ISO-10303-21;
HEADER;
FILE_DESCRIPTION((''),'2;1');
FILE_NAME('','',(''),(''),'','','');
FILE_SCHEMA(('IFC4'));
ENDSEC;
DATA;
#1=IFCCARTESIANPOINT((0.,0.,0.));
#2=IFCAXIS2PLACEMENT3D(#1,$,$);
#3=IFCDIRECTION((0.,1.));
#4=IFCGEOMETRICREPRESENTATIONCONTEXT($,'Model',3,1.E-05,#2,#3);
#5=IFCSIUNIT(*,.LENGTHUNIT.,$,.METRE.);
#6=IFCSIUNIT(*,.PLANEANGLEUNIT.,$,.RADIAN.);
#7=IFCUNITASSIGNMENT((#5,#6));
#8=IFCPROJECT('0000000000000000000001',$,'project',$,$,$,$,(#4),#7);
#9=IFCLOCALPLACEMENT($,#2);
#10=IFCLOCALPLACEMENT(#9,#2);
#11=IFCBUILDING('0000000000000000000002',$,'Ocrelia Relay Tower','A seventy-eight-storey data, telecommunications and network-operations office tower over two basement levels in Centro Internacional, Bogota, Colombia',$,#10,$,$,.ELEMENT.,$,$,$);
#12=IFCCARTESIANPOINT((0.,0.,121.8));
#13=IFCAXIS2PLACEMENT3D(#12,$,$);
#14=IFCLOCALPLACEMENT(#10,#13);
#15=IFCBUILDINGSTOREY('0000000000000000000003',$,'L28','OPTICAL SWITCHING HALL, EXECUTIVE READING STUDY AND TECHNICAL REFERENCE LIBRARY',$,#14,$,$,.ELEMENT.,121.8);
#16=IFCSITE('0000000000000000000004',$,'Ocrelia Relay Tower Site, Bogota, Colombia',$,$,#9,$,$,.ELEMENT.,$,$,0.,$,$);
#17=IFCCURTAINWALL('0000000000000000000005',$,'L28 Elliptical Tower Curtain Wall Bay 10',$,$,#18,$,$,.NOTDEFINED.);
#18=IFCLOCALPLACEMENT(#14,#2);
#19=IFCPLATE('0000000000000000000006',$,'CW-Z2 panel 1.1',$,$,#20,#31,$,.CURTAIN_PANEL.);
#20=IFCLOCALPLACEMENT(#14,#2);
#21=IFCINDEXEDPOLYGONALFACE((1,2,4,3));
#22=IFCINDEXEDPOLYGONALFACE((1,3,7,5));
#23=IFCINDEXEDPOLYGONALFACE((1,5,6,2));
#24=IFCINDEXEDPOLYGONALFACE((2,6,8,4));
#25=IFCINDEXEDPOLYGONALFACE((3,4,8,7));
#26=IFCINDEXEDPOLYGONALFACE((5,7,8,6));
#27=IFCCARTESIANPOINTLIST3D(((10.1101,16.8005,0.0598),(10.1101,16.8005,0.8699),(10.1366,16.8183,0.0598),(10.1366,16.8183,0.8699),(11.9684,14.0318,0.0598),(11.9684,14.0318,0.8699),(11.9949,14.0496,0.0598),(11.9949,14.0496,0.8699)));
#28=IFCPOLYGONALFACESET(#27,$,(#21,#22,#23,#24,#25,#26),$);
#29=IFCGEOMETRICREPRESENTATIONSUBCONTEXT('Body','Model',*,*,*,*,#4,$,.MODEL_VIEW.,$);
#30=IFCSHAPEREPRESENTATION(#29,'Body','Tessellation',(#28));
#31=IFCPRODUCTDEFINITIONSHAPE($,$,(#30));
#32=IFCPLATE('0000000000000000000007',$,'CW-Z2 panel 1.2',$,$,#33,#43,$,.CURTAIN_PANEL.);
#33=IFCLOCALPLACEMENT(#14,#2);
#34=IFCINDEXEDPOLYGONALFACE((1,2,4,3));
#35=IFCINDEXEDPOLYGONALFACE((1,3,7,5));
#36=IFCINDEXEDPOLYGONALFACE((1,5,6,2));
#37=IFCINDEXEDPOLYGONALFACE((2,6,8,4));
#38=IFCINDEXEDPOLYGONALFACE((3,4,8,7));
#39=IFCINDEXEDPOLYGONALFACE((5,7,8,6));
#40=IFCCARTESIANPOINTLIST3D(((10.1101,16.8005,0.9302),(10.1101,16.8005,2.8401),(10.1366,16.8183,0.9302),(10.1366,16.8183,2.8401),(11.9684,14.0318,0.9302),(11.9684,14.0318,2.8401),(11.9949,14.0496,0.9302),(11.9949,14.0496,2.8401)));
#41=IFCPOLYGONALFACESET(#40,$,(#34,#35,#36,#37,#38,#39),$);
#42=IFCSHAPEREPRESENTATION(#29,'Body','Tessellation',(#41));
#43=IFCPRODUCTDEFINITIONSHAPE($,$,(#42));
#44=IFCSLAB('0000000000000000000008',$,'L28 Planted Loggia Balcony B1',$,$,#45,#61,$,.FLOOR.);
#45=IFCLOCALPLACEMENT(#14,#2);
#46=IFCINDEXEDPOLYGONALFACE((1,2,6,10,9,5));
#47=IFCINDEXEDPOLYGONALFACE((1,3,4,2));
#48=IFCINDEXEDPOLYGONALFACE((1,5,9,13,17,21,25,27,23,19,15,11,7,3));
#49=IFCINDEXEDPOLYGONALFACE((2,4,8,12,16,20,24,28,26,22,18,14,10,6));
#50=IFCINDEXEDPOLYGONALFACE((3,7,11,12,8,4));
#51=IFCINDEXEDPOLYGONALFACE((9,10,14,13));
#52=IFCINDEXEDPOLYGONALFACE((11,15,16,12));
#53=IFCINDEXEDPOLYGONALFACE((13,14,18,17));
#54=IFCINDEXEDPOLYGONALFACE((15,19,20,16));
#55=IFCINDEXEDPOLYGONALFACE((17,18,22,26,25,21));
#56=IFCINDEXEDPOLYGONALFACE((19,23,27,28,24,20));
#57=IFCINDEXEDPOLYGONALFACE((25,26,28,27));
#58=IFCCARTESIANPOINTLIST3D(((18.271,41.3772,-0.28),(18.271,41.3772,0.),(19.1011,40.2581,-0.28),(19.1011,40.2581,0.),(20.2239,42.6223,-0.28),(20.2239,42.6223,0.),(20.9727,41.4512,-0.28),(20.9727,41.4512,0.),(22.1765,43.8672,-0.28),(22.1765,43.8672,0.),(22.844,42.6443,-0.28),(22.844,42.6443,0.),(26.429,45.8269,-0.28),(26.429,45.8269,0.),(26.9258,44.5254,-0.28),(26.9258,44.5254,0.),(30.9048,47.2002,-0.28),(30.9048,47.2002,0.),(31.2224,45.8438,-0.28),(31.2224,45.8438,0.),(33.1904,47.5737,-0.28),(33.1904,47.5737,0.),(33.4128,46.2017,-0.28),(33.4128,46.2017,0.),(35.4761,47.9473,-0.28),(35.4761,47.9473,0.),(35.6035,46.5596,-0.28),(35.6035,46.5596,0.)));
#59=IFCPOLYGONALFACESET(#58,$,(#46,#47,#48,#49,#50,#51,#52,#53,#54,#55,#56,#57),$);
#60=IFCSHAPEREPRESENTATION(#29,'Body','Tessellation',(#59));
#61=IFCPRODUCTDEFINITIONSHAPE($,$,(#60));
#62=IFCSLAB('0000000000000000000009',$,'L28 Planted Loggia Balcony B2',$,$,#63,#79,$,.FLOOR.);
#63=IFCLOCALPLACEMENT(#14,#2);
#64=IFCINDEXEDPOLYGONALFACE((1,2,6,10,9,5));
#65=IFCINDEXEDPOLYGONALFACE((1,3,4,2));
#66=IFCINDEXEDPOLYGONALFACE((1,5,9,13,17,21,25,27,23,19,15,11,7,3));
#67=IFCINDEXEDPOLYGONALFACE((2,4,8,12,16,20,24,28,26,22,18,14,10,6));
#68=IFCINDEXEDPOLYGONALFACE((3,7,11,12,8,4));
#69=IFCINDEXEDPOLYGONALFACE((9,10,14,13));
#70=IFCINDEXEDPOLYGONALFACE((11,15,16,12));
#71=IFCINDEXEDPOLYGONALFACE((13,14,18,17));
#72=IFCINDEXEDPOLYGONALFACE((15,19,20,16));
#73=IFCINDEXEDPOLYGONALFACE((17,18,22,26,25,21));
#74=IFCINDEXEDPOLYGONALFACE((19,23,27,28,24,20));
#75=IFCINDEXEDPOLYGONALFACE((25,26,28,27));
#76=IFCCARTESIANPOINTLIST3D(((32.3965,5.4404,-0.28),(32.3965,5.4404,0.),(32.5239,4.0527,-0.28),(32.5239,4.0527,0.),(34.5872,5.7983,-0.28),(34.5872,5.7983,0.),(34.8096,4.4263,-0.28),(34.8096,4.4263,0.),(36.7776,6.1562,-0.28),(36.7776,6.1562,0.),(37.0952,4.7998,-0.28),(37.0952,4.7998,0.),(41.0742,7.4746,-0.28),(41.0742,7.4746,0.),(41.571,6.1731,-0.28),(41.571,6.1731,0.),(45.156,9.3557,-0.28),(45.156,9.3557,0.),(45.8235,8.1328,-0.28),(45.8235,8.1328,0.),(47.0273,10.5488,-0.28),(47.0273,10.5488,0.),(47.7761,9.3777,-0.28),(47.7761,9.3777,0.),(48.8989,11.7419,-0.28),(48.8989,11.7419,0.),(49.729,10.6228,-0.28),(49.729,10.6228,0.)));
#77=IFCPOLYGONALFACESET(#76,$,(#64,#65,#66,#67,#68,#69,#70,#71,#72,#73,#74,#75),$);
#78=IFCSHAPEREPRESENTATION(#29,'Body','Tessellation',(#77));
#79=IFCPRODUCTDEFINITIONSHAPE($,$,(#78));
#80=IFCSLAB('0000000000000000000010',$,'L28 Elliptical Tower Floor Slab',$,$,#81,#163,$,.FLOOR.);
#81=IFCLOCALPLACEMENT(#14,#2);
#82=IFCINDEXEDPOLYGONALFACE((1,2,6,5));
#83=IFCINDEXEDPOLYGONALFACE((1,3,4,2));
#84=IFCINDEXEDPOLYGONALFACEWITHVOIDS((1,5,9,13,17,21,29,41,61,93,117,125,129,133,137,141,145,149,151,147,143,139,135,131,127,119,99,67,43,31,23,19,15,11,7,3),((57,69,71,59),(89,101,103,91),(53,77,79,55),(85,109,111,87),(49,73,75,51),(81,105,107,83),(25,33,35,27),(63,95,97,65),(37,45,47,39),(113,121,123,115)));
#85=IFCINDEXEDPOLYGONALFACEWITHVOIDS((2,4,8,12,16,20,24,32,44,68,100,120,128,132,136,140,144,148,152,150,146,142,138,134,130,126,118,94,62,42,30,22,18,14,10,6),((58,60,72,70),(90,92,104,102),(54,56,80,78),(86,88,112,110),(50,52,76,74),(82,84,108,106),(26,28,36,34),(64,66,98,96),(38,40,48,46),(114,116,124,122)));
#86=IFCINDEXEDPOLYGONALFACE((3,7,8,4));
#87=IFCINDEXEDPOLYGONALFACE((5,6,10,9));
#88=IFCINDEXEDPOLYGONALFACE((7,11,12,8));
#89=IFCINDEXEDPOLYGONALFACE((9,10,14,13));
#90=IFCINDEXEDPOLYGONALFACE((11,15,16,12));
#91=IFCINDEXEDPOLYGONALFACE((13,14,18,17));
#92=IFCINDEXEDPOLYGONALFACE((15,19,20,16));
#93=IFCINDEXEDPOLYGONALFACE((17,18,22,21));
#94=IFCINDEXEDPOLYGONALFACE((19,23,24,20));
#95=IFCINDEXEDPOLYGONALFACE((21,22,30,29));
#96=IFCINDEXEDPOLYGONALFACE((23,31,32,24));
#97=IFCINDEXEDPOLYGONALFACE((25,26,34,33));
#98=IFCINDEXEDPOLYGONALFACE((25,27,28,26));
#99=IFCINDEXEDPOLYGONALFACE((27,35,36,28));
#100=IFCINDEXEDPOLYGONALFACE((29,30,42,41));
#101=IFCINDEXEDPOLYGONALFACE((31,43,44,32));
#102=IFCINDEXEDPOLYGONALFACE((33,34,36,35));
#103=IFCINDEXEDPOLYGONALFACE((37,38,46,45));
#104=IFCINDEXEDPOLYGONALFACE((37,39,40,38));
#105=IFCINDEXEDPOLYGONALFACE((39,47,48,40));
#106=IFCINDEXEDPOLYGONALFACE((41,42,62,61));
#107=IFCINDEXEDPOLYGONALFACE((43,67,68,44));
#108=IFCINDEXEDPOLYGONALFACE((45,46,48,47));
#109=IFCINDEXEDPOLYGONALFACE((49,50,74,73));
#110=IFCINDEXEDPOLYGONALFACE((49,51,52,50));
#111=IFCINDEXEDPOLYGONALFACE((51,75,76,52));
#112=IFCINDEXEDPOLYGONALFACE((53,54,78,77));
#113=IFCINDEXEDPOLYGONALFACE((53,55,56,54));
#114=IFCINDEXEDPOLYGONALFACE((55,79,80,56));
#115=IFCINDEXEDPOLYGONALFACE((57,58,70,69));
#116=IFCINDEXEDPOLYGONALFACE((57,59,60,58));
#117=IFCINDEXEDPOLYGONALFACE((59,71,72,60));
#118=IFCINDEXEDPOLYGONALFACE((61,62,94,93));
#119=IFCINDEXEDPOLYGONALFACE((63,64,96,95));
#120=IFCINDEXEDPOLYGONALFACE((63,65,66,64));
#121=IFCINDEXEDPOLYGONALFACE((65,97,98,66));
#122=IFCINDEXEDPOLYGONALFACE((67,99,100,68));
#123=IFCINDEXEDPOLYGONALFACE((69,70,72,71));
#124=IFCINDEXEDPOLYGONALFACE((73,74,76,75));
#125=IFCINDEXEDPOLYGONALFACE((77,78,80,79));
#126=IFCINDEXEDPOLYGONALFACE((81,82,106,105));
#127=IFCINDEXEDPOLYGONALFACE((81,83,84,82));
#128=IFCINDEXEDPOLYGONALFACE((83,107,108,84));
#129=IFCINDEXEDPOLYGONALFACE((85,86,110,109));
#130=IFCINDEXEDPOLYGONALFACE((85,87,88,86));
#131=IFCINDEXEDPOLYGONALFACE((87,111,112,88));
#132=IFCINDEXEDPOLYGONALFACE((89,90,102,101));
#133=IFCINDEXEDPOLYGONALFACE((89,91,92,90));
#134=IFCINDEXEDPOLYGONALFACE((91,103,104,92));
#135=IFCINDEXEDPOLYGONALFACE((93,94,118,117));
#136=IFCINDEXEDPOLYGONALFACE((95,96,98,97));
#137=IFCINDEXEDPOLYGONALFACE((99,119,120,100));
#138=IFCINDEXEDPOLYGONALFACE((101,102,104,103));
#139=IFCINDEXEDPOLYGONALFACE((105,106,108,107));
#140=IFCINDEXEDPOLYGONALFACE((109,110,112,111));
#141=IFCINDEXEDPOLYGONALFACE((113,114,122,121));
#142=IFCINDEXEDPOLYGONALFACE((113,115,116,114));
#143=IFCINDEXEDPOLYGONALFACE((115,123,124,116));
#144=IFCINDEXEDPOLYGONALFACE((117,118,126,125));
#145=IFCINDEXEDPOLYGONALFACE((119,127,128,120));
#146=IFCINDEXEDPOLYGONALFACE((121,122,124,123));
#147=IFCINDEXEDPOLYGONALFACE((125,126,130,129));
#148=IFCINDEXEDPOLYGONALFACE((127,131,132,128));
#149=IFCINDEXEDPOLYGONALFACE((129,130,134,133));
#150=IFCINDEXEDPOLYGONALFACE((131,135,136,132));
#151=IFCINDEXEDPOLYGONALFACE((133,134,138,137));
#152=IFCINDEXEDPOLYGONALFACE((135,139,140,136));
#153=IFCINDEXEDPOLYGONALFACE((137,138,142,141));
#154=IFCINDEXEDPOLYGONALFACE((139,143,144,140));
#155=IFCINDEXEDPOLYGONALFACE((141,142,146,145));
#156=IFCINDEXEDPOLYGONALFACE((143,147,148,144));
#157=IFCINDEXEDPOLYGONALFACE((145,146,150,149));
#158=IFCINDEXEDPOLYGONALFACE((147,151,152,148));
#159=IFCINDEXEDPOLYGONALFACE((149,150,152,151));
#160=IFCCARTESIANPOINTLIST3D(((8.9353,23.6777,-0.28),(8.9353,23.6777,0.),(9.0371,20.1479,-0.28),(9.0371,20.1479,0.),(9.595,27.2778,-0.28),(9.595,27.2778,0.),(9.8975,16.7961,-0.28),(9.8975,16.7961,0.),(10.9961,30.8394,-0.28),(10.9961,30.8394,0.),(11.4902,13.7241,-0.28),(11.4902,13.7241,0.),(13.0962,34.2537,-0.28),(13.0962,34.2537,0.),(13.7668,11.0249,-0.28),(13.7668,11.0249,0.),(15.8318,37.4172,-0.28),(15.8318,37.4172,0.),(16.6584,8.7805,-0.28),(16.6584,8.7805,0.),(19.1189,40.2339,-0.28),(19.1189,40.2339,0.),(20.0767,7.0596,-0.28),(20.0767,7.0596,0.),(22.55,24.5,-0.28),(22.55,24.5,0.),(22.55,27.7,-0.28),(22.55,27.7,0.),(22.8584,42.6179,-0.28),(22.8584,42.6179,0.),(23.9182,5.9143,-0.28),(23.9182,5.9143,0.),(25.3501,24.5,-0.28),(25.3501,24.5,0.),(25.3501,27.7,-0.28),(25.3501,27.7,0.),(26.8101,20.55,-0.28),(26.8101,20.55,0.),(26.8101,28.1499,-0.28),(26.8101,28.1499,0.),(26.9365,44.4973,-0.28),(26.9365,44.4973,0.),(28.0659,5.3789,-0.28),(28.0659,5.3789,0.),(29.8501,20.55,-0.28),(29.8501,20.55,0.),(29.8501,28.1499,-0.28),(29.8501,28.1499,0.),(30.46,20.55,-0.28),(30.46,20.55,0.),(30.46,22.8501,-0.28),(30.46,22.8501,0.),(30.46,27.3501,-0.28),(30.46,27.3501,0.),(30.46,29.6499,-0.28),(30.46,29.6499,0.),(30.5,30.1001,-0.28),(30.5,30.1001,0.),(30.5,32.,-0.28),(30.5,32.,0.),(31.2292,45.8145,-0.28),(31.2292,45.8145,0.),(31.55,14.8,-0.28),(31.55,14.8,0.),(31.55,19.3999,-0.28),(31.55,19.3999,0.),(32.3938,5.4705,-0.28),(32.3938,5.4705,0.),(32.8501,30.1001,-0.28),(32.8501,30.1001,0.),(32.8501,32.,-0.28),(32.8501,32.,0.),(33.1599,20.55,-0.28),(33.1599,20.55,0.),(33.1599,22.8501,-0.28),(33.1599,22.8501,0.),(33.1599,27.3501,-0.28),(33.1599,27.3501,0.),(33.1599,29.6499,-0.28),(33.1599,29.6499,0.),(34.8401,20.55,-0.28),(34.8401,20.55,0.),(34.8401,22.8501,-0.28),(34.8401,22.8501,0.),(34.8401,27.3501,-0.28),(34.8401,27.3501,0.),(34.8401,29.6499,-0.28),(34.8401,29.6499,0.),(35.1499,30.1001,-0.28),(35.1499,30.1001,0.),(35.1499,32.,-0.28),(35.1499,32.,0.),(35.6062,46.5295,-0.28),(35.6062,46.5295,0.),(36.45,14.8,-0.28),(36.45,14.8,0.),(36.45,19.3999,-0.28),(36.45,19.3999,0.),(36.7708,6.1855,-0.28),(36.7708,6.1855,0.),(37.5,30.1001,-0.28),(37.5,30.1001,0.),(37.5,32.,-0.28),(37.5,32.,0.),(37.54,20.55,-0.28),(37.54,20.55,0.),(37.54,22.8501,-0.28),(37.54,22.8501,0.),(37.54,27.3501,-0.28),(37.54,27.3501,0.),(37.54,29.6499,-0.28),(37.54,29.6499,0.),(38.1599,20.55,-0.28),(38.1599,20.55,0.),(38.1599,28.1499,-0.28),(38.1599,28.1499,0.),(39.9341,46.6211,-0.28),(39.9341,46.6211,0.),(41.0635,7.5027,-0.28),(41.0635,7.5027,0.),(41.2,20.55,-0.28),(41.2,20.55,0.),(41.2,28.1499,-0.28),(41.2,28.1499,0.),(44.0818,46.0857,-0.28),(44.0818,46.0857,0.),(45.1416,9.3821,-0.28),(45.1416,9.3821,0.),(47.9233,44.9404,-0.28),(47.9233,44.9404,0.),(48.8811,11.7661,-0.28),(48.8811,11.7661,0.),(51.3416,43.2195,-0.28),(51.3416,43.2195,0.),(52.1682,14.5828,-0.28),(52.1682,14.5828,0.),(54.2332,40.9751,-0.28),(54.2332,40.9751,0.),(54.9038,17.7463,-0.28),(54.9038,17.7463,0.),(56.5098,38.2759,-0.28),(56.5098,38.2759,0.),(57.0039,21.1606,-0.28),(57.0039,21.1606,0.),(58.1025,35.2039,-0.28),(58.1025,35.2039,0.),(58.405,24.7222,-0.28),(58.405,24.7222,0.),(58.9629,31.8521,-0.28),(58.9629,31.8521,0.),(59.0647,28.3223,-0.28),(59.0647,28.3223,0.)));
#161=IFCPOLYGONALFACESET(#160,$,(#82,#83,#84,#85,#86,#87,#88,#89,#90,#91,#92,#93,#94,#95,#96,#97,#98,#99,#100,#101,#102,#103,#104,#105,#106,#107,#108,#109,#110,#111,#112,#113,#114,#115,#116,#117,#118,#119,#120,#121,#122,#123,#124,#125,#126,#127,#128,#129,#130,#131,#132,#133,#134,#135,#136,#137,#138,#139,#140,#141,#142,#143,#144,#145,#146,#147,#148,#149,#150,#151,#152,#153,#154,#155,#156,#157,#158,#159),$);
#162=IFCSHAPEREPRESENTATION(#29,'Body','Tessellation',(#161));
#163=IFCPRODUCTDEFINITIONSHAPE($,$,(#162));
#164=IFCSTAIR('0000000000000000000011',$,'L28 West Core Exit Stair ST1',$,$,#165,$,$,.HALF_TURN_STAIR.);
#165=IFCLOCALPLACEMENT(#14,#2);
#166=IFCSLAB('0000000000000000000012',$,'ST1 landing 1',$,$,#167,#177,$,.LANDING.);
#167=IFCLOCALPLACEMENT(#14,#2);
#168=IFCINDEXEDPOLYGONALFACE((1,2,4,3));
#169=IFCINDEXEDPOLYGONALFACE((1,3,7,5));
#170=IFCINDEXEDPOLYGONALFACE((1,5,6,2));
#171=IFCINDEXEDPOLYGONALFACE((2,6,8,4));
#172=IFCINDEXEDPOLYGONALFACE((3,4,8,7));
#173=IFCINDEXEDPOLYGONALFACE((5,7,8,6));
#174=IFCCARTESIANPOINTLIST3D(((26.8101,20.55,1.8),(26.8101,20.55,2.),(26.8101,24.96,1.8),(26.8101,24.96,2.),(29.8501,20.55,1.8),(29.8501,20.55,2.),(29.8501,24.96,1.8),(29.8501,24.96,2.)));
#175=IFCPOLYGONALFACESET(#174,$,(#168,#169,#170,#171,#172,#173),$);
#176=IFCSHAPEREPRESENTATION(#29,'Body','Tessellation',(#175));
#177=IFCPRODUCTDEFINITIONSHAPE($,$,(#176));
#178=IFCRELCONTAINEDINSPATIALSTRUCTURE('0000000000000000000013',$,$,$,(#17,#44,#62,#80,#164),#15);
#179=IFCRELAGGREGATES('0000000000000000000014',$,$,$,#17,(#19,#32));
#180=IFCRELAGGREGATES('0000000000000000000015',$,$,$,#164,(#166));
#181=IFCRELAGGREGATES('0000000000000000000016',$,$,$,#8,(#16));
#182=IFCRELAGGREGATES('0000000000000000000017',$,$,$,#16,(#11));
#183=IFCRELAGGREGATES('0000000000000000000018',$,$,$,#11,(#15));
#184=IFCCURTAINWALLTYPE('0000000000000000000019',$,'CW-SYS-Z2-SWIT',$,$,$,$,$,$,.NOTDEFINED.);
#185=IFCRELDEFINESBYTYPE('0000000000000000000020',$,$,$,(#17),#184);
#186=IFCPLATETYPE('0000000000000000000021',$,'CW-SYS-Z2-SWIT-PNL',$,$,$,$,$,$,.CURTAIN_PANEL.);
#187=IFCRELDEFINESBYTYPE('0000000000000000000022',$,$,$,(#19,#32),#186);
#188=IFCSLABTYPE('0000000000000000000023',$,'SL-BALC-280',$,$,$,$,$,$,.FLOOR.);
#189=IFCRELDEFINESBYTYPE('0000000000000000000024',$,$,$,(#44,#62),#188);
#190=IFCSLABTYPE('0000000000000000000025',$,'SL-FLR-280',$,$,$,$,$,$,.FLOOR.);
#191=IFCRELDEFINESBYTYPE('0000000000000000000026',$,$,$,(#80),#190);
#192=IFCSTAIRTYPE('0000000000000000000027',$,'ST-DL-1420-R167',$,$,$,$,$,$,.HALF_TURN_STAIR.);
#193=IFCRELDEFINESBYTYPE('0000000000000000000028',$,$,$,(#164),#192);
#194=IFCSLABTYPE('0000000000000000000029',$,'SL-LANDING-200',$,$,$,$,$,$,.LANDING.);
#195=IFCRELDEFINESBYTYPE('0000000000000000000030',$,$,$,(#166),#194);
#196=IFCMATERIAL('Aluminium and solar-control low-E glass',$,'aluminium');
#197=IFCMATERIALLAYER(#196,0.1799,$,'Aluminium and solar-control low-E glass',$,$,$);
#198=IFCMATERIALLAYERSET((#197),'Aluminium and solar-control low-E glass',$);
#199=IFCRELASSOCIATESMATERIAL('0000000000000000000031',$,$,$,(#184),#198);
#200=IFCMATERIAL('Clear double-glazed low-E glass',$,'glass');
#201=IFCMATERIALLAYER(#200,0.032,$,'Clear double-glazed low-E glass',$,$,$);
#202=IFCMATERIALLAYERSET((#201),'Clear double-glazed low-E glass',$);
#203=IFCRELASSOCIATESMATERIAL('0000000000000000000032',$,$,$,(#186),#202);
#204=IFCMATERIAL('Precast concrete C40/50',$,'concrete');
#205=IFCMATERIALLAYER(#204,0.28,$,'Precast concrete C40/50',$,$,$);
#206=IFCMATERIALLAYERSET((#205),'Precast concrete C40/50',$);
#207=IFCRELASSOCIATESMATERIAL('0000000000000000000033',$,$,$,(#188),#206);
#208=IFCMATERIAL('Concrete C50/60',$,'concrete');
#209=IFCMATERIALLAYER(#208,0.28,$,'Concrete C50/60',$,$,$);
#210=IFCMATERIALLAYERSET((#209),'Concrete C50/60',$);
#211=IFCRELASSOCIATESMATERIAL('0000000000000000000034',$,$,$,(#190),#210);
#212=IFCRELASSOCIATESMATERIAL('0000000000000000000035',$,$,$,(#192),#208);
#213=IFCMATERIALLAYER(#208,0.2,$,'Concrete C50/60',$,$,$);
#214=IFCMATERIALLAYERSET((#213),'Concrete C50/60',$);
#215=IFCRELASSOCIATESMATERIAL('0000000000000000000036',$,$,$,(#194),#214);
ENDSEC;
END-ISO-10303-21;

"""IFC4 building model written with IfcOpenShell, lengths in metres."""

from ifc_helpers import new_model, si_unit, direction, frame, origin, origin_2d, place, context, subcontext, project, spatial, polyline, rectangle, outline, extrude, material, layer, layer_set, type_object, element, aggregate, save


model = new_model("IFC4")

# Units and contexts
model_context = context("Model", 3, precision=1e-05, world=origin(), true_north=direction((0.0, 1.0)))
body_context = subcontext(model_context, "Body", "Model", "MODEL_VIEW")
ifc_project = project(units=[si_unit("LENGTHUNIT", "METRE"), si_unit("PLANEANGLEUNIT", "RADIAN")], contexts=[model_context])

# Site, building, storey
site_placement = place(None, origin())
site = spatial("IfcSite", under=ifc_project, at=site_placement, Name="Ocrelia Relay Tower Site, Bogota, Colombia", CompositionType="ELEMENT", RefElevation=0.0)
building_placement = place(site_placement, origin())
building = spatial("IfcBuilding", under=site, at=building_placement, Name="Ocrelia Relay Tower", Description="A seventy-eight-storey data, telecommunications and network-operations office tower over two basement levels in Centro Internacional, Bogota, Colombia", CompositionType="ELEMENT")
storey_placement = place(building_placement, frame((0.0, 0.0, 121.8)))
storey = spatial("IfcBuildingStorey", under=building, at=storey_placement, Name="L28", Description="OPTICAL SWITCHING HALL, EXECUTIVE READING STUDY AND TECHNICAL REFERENCE LIBRARY", CompositionType="ELEMENT", Elevation=121.8)

# Shared definitions
ifc_material_1 = material(Name="Aluminium and solar-control low-E glass", Category="aluminium")
ifc_layer_1 = layer(ifc_material_1, 0.1799, Name="Aluminium and solar-control low-E glass")
ifc_layer_set_1 = layer_set([ifc_layer_1], Name="Aluminium and solar-control low-E glass")
curtain_wall_type = type_object("IfcCurtainWallType", Name="CW-SYS-Z2-SWIT", PredefinedType="NOTDEFINED", material=ifc_layer_set_1)

# Curtain wall
curtain_wall_1_placement = place(storey_placement, origin())
curtain_wall_1 = element("IfcCurtainWall", 1, at=curtain_wall_1_placement, inside=storey, type_object=curtain_wall_type, Name="L28 Elliptical Tower Curtain Wall Bay 10", PredefinedType="NOTDEFINED")

# Plates
ifc_material_2 = material(Name="Clear double-glazed low-E glass", Category="glass")
ifc_layer_2 = layer(ifc_material_2, 0.032, Name="Clear double-glazed low-E glass")
ifc_layer_set_2 = layer_set([ifc_layer_2], Name="Clear double-glazed low-E glass")
plate_type = type_object("IfcPlateType", Name="CW-SYS-Z2-SWIT-PNL", PredefinedType="CURTAIN_PANEL", material=ifc_layer_set_2)
plate_1_placement = place(storey_placement, frame((11.0525, 15.425, 0.0598), z_axis=(0.0, 0.0, 1.0), x_axis=(0.557297, -0.830313, 0.0)))
plate_1 = element("IfcPlate", 2, at=plate_1_placement, type_object=plate_type, Name="CW-Z2 panel 1.1", PredefinedType="CURTAIN_PANEL", context=body_context, shape_type="SweptSolid", body=[
    extrude(rectangle(XDim=3.3345, YDim=0.032, at=origin_2d()), origin(), (0.0, 0.0, 1.0), 0.8101),
])
plate_2_placement = place(storey_placement, frame((11.0525, 15.425, 0.9302), z_axis=(0.0, 0.0, 1.0), x_axis=(0.557297, -0.830313, 0.0)))
plate_2 = element("IfcPlate", 3, at=plate_2_placement, type_object=plate_type, Name="CW-Z2 panel 1.2", PredefinedType="CURTAIN_PANEL", context=body_context, shape_type="SweptSolid", body=[
    extrude(rectangle(XDim=3.3345, YDim=0.032, at=origin_2d()), origin(), (0.0, 0.0, 1.0), 1.9099),
])
aggregate(curtain_wall_1, [plate_1, plate_2])

# Slabs
ifc_material_3 = material(Name="Precast concrete C40/50", Category="concrete")
ifc_layer_3 = layer(ifc_material_3, 0.28, Name="Precast concrete C40/50")
ifc_layer_set_3 = layer_set([ifc_layer_3], Name="Precast concrete C40/50")
slab_type_1 = type_object("IfcSlabType", Name="SL-BALC-280", PredefinedType="FLOOR", material=ifc_layer_set_3)
slab_1_placement = place(storey_placement, frame((0.0, 0.0, -0.28)))
element("IfcSlab", 4, at=slab_1_placement, inside=storey, type_object=slab_type_1, Name="L28 Planted Loggia Balcony B1", PredefinedType="FLOOR", context=body_context, shape_type="SweptSolid", body=[
    extrude(outline(polyline([(35.6035, 46.5596), (33.4128, 46.2017), (31.2224, 45.8438), (26.9258, 44.5254), (22.844, 42.6443), (20.9727, 41.4512), (19.1011, 40.2581), (18.271, 41.3772), (20.2239, 42.6223), (22.1765, 43.8672), (26.429, 45.8269), (30.9048, 47.2002), (33.1904, 47.5737), (35.4761, 47.9473), (35.6035, 46.5596)])), origin(), (0.0, 0.0, 1.0), 0.28),
])
slab_2_placement = place(storey_placement, frame((0.0, 0.0, -0.28)))
element("IfcSlab", 5, at=slab_2_placement, inside=storey, type_object=slab_type_1, Name="L28 Planted Loggia Balcony B2", PredefinedType="FLOOR", context=body_context, shape_type="SweptSolid", body=[
    extrude(outline(polyline([(32.3965, 5.4404), (34.5872, 5.7983), (36.7776, 6.1562), (41.0742, 7.4746), (45.156, 9.3557), (47.0273, 10.5488), (48.8989, 11.7419), (49.729, 10.6228), (47.7761, 9.3777), (45.8235, 8.1328), (41.571, 6.1731), (37.0952, 4.7998), (34.8096, 4.4263), (32.5239, 4.0527), (32.3965, 5.4404)])), origin(), (0.0, 0.0, 1.0), 0.28),
])
ifc_material_4 = material(Name="Concrete C50/60", Category="concrete")
ifc_layer_4 = layer(ifc_material_4, 0.28, Name="Concrete C50/60")
ifc_layer_set_4 = layer_set([ifc_layer_4], Name="Concrete C50/60")
slab_type_2 = type_object("IfcSlabType", Name="SL-FLR-280", PredefinedType="FLOOR", material=ifc_layer_set_4)
slab_3_placement = place(storey_placement, frame((0.0, 0.0, -0.28)))
element("IfcSlab", 6, at=slab_3_placement, inside=storey, type_object=slab_type_2, Name="L28 Elliptical Tower Floor Slab", PredefinedType="FLOOR", context=body_context, shape_type="SweptSolid", body=[
    extrude(outline(polyline([(58.1025, 35.2039), (56.5098, 38.2759), (54.2332, 40.9751), (51.3416, 43.2195), (47.9233, 44.9404), (44.0818, 46.0857), (39.9341, 46.6211), (35.6062, 46.5295), (31.2292, 45.8145), (26.9365, 44.4973), (22.8584, 42.6179), (19.1189, 40.2339), (15.8318, 37.4172), (13.0962, 34.2537), (10.9961, 30.8394), (9.595, 27.2778), (8.9353, 23.6777), (9.0371, 20.1479), (9.8975, 16.7961), (11.4902, 13.7241), (13.7668, 11.0249), (16.6584, 8.7805), (20.0767, 7.0596), (23.9182, 5.9143), (28.0659, 5.3789), (32.3938, 5.4705), (36.7708, 6.1855), (41.0635, 7.5027), (45.1416, 9.3821), (48.8811, 11.7661), (52.1682, 14.5828), (54.9038, 17.7463), (57.0039, 21.1606), (58.405, 24.7222), (59.0647, 28.3223), (58.9629, 31.8521), (58.1025, 35.2039)]), holes=[polyline([(26.8101, 28.1499), (26.8101, 20.55), (29.8501, 20.55), (29.8501, 28.1499), (26.8101, 28.1499)]), polyline([(38.1599, 28.1499), (38.1599, 20.55), (41.2, 20.55), (41.2, 28.1499), (38.1599, 28.1499)]), polyline([(30.46, 20.55), (33.1599, 20.55), (33.1599, 22.8501), (30.46, 22.8501), (30.46, 20.55)]), polyline([(34.8401, 20.55), (37.54, 20.55), (37.54, 22.8501), (34.8401, 22.8501), (34.8401, 20.55)]), polyline([(30.46, 27.3501), (33.1599, 27.3501), (33.1599, 29.6499), (30.46, 29.6499), (30.46, 27.3501)]), polyline([(34.8401, 27.3501), (37.54, 27.3501), (37.54, 29.6499), (34.8401, 29.6499), (34.8401, 27.3501)]), polyline([(30.5, 30.1001), (32.8501, 30.1001), (32.8501, 32.0), (30.5, 32.0), (30.5, 30.1001)]), polyline([(35.1499, 30.1001), (37.5, 30.1001), (37.5, 32.0), (35.1499, 32.0), (35.1499, 30.1001)]), polyline([(22.55, 24.5), (25.3501, 24.5), (25.3501, 27.7), (22.55, 27.7), (22.55, 24.5)]), polyline([(31.55, 14.8), (36.45, 14.8), (36.45, 19.3999), (31.55, 19.3999), (31.55, 14.8)])]), origin(), (0.0, 0.0, 1.0), 0.28),
])

# Stair, slab
stair_type = type_object("IfcStairType", Name="ST-DL-1420-R167", PredefinedType="HALF_TURN_STAIR", material=ifc_material_4)
stair_1_placement = place(storey_placement, origin())
stair_1 = element("IfcStair", 7, at=stair_1_placement, inside=storey, type_object=stair_type, Name="L28 West Core Exit Stair ST1", PredefinedType="HALF_TURN_STAIR")
ifc_layer_5 = layer(ifc_material_4, 0.2, Name="Concrete C50/60")
ifc_layer_set_5 = layer_set([ifc_layer_5], Name="Concrete C50/60")
slab_type_3 = type_object("IfcSlabType", Name="SL-LANDING-200", PredefinedType="LANDING", material=ifc_layer_set_5)
slab_4_placement = place(storey_placement, frame((0.0, 0.0, 1.8)))
slab_4 = element("IfcSlab", 8, at=slab_4_placement, type_object=slab_type_3, Name="ST1 landing 1", PredefinedType="LANDING", context=body_context, shape_type="SweptSolid", body=[
    extrude(outline(polyline([(26.8101, 24.96), (26.8101, 20.55), (29.8501, 20.55), (29.8501, 24.96), (26.8101, 24.96)])), origin(), (0.0, 0.0, 1.0), 0.2),
])
aggregate(stair_1, [slab_4])

save(model, "model.ifc")
